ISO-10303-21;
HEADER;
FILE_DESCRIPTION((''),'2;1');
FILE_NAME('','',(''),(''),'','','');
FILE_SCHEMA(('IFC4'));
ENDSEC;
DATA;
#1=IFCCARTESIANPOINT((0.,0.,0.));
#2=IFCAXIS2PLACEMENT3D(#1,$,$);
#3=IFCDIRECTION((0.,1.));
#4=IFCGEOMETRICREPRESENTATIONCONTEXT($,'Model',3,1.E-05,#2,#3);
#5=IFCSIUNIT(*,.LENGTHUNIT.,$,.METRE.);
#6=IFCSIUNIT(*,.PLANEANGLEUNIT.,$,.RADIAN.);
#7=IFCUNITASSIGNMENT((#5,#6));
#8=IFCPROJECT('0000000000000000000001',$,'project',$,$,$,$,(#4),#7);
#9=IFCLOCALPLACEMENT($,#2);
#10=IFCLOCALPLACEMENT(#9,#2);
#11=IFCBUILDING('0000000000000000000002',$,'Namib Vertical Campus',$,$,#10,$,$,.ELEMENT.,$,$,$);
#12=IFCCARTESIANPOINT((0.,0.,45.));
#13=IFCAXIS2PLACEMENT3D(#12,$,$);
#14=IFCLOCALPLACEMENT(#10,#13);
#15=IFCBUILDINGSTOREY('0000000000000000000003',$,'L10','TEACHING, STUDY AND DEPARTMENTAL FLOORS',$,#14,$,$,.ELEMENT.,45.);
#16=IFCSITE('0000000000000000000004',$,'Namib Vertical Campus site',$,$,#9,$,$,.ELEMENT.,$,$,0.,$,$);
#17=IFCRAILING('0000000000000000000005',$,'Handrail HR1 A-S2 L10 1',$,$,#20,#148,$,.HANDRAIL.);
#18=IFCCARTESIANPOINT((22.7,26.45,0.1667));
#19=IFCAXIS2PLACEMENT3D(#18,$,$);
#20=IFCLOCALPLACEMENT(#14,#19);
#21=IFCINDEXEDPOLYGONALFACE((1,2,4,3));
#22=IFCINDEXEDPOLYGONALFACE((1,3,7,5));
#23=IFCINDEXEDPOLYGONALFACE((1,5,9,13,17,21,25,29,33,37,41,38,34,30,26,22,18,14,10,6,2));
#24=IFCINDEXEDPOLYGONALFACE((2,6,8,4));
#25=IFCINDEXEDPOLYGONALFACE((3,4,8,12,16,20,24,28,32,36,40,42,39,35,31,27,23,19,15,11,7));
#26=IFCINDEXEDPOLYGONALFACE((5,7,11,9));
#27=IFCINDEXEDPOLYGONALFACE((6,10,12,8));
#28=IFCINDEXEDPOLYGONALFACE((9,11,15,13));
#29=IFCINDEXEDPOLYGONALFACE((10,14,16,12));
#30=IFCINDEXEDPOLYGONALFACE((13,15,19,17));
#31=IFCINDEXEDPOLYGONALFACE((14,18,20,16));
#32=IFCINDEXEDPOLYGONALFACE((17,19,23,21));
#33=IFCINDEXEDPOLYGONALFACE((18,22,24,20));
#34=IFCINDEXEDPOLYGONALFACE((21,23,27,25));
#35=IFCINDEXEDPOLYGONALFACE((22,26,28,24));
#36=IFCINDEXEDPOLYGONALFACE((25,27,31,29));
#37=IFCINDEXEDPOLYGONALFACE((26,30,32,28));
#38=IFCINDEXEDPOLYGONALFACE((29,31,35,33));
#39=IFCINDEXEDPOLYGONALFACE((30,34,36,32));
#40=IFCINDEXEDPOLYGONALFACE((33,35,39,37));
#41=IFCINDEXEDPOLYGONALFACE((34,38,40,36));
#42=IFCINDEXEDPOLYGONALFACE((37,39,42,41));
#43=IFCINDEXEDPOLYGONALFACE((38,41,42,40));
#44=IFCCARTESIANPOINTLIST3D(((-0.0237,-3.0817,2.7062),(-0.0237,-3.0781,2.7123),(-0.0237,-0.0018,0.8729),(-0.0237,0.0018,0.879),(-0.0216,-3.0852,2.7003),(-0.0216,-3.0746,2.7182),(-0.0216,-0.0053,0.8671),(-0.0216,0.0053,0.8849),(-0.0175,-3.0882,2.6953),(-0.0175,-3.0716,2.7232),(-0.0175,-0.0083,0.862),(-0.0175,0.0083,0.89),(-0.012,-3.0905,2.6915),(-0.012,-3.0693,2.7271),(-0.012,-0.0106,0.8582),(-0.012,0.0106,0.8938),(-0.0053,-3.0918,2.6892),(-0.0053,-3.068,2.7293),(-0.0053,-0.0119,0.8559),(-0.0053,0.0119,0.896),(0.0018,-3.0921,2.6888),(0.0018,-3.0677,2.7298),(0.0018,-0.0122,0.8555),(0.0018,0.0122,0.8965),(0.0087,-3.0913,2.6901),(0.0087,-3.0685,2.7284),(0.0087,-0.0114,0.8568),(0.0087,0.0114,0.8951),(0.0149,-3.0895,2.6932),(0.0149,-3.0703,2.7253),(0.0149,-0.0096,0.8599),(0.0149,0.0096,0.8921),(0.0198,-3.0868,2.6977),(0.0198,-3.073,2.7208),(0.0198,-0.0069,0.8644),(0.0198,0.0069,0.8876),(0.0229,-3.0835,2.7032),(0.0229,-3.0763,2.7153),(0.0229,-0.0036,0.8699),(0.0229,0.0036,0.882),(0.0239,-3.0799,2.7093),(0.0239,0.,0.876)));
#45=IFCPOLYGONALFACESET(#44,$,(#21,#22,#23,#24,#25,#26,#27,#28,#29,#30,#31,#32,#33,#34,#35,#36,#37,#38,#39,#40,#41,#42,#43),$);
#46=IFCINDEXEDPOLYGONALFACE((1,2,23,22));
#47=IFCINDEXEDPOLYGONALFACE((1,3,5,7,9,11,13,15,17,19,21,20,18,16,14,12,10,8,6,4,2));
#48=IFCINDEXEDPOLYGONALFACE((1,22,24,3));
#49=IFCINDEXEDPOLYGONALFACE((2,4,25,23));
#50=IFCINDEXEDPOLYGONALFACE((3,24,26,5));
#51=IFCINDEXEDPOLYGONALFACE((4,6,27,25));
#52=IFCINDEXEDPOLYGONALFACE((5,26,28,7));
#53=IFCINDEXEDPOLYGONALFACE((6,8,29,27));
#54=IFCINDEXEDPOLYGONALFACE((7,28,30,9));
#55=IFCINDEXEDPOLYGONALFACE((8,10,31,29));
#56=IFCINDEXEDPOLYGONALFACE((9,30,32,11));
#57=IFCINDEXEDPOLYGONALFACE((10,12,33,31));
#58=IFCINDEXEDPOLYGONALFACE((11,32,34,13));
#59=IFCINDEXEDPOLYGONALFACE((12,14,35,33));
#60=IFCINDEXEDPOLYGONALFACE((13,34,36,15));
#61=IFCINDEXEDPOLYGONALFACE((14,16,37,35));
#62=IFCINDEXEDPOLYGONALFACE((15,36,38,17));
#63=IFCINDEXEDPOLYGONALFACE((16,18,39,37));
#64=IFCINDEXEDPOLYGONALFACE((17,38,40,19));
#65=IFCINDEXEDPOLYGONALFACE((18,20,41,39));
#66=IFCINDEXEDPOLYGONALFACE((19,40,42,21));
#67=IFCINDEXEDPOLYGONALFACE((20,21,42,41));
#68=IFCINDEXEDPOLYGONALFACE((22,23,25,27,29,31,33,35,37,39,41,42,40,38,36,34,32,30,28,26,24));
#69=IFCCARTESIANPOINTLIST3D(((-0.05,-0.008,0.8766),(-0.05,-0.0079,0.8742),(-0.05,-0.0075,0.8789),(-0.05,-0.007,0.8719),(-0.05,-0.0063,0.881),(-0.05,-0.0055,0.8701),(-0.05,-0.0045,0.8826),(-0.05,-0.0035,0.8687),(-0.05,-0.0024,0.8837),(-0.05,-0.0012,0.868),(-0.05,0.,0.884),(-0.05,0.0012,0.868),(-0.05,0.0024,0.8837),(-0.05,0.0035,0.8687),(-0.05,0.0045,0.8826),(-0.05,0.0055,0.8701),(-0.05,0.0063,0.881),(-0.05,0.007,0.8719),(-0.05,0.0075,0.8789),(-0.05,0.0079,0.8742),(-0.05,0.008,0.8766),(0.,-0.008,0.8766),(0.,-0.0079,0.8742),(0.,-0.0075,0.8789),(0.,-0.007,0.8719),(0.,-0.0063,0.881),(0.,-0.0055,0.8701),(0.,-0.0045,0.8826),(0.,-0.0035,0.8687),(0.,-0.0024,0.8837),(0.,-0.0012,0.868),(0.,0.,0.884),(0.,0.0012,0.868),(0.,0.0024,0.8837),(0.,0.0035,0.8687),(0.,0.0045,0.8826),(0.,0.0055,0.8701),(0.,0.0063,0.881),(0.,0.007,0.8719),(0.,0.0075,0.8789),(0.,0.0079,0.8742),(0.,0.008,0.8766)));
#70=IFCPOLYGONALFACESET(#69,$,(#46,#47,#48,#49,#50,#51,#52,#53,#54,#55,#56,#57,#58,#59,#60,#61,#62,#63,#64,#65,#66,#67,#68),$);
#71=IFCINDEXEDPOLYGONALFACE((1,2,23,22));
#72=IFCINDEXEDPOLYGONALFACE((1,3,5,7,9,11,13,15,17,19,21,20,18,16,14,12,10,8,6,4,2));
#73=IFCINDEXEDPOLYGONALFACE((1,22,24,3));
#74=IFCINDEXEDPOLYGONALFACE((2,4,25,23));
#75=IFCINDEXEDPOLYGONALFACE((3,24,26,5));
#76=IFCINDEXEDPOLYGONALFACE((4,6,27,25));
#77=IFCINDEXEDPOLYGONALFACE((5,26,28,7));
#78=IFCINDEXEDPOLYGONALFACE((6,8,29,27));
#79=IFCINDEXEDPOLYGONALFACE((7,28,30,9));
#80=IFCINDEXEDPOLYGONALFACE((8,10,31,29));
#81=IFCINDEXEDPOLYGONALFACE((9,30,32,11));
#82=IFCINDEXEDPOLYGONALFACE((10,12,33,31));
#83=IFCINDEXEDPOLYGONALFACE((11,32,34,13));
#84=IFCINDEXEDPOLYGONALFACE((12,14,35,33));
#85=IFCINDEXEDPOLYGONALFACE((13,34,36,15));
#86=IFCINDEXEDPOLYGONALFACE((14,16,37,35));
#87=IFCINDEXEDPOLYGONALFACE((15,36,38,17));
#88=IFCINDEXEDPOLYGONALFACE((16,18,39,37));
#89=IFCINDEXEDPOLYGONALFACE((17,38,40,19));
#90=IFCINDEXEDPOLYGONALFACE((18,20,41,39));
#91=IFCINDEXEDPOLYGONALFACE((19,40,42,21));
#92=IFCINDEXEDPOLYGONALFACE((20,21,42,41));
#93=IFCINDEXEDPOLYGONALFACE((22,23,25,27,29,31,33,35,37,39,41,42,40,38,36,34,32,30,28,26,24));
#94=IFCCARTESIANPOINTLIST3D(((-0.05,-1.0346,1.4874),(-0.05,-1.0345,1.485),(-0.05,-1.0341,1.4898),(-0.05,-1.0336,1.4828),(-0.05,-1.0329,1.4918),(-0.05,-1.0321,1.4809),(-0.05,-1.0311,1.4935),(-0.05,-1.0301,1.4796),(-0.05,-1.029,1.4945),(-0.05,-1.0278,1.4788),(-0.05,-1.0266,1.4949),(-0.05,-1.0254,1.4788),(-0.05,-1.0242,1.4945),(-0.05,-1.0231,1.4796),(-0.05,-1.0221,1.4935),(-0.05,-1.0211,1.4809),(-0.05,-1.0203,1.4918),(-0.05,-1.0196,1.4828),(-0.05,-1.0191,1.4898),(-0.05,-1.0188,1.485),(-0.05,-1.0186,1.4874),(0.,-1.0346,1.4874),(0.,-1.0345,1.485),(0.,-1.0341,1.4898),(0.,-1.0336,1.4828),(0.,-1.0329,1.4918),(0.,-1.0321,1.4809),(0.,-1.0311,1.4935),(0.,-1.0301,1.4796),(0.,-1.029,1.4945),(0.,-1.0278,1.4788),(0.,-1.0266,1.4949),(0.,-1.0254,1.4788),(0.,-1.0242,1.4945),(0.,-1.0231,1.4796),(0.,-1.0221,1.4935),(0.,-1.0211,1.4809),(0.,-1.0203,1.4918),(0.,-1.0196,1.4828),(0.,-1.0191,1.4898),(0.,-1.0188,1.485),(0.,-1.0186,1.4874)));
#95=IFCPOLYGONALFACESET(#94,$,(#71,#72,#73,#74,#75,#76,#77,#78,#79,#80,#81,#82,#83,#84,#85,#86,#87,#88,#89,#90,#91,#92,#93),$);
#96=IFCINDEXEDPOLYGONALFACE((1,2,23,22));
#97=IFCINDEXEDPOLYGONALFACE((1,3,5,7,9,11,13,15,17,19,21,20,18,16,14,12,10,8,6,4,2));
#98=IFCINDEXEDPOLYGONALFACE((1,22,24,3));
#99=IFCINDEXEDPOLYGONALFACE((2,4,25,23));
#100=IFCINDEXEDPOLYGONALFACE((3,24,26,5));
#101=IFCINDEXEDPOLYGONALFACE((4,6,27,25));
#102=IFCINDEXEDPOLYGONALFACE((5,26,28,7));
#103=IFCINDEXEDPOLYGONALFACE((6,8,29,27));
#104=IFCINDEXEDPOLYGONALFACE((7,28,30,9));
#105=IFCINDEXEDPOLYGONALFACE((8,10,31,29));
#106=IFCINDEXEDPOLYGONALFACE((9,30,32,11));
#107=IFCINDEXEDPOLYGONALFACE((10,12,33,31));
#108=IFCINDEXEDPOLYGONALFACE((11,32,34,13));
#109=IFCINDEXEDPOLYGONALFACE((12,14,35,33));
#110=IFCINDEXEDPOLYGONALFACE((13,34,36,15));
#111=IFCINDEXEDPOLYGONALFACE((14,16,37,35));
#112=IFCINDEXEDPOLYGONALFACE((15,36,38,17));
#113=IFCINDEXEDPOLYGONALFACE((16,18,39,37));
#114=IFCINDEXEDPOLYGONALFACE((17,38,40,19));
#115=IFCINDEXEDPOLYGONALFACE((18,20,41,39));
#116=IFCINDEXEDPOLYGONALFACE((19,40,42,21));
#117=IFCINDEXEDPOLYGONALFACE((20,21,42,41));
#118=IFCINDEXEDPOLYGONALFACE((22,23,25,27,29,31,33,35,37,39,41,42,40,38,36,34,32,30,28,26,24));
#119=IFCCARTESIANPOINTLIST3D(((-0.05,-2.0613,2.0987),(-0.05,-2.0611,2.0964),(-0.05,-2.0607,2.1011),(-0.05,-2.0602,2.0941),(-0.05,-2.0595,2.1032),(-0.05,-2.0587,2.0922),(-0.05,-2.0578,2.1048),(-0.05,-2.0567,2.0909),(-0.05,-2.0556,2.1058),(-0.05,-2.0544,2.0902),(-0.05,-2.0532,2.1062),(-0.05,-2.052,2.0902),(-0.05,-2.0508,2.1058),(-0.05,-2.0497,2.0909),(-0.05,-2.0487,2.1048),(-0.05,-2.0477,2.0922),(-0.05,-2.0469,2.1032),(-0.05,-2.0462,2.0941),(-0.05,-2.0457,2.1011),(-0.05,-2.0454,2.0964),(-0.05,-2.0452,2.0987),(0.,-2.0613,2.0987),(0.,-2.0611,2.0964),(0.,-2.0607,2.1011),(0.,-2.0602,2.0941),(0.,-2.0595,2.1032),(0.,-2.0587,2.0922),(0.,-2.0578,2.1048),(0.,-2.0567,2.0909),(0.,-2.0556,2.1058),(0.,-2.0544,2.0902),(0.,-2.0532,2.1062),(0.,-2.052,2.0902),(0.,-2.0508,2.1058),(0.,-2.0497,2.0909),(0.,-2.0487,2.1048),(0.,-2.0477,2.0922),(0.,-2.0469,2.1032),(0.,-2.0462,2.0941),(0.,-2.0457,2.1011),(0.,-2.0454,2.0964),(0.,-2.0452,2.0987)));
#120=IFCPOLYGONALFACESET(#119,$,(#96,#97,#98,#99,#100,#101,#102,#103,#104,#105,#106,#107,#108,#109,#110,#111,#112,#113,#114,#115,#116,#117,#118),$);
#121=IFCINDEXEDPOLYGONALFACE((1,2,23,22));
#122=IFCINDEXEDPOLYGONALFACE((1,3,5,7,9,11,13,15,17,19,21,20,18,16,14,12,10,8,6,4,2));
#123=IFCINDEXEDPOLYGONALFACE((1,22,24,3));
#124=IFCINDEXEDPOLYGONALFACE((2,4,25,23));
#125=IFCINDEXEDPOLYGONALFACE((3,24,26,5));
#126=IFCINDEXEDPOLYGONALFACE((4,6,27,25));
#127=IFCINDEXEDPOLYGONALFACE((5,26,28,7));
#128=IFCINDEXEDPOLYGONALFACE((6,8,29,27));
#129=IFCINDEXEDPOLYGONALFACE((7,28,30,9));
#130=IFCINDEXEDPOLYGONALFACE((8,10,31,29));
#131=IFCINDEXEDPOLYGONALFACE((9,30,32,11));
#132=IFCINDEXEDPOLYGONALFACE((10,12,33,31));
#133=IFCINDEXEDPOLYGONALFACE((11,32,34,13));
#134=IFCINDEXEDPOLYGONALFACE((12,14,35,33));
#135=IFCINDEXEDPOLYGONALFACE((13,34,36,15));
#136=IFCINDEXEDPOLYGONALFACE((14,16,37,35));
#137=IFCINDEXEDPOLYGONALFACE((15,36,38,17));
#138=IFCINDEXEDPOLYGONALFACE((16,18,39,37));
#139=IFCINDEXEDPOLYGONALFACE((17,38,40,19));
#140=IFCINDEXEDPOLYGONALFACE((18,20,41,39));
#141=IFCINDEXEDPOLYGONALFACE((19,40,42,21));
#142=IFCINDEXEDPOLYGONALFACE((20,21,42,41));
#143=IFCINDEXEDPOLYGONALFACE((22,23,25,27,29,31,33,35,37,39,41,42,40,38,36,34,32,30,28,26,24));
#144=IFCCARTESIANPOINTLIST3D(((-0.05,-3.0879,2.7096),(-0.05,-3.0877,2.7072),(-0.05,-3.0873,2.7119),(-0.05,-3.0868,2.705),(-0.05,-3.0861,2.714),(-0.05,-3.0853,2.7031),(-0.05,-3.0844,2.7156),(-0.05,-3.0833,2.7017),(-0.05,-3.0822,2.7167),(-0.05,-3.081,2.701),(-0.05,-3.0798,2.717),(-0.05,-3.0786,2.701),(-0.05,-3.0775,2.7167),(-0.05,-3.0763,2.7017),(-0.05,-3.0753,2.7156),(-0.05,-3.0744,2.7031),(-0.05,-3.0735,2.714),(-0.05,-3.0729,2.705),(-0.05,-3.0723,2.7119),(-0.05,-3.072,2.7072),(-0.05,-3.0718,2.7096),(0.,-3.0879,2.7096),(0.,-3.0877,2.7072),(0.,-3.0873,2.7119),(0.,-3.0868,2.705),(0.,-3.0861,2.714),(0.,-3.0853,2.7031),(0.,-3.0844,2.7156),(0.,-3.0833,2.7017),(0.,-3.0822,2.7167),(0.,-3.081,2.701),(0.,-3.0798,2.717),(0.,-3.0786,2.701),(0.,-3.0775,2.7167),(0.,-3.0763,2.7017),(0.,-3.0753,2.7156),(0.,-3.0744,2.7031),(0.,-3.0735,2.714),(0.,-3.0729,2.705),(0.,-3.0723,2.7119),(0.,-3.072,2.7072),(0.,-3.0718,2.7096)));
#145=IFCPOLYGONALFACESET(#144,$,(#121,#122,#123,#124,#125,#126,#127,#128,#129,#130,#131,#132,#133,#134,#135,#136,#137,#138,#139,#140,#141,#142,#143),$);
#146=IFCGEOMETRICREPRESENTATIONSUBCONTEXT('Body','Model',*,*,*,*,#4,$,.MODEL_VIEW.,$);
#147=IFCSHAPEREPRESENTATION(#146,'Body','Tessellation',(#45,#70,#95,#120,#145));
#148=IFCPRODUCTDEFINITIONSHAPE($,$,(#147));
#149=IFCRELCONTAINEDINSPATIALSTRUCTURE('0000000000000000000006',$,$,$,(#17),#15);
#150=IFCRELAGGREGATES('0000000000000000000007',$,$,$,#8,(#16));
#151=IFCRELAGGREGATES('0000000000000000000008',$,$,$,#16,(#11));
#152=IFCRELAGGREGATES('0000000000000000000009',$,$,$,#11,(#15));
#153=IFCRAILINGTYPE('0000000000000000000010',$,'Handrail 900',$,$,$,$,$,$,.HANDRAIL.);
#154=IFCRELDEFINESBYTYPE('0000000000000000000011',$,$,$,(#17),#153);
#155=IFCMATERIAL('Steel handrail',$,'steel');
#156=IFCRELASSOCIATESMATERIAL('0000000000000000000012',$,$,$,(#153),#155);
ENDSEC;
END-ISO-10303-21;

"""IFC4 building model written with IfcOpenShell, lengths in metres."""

from ifc_helpers import new_model, si_unit, direction, frame, origin, origin_2d, place, context, subcontext, project, spatial, circle, extrude, material, type_object, element, save


model = new_model("IFC4")

# Units and contexts
model_context = context("Model", 3, precision=1e-05, world=origin(), true_north=direction((0.0, 1.0)))
body_context = subcontext(model_context, "Body", "Model", "MODEL_VIEW")
ifc_project = project(units=[si_unit("LENGTHUNIT", "METRE"), si_unit("PLANEANGLEUNIT", "RADIAN")], contexts=[model_context])

# Site, building, storey
site_placement = place(None, origin())
site = spatial("IfcSite", under=ifc_project, at=site_placement, Name="Namib Vertical Campus site", CompositionType="ELEMENT", RefElevation=0.0)
building_placement = place(site_placement, origin())
building = spatial("IfcBuilding", under=site, at=building_placement, Name="Namib Vertical Campus", CompositionType="ELEMENT")
storey_placement = place(building_placement, frame((0.0, 0.0, 45.0)))
storey = spatial("IfcBuildingStorey", under=building, at=storey_placement, Name="L10", Description="TEACHING, STUDY AND DEPARTMENTAL FLOORS", CompositionType="ELEMENT", Elevation=45.0)

# Railing
ifc_material_1 = material(Name="Steel handrail", Category="steel")
railing_type_1 = type_object("IfcRailingType", Name="Handrail 900", PredefinedType="HANDRAIL", material=ifc_material_1)
railing_1_placement = place(storey_placement, frame((22.7, 26.45, 0.1667)))
element("IfcRailing", 1, at=railing_1_placement, inside=storey, type_object=railing_type_1, Name="Handrail HR1 A-S2 L10 1", PredefinedType="HANDRAIL", context=body_context, shape_type="SweptSolid", body=[
    extrude(circle(Radius=0.0239, at=origin_2d()), frame((0.0, 0.0, 0.876), z_axis=(0.0, -0.859291, 0.511487), x_axis=(1.0, 0.0, 0.0)), (0.0, 0.0, 1.0), 3.5842),
    extrude(circle(Radius=0.0081, at=origin_2d()), frame((0.0, 0.0, 0.876), z_axis=(-1.0, 0.0, 0.0), x_axis=(0.0, 0.0, 1.0)), (0.0, 0.0, 1.0), 0.05),
    extrude(circle(Radius=0.0081, at=origin_2d()), frame((0.0, -1.0266, 1.4868), z_axis=(-1.0, 0.0, 0.0), x_axis=(0.0, 0.0, 1.0)), (0.0, 0.0, 1.0), 0.05),
    extrude(circle(Radius=0.0081, at=origin_2d()), frame((0.0, -2.0532, 2.0981), z_axis=(-1.0, 0.0, 0.0), x_axis=(0.0, 0.0, 1.0)), (0.0, 0.0, 1.0), 0.05),
    extrude(circle(Radius=0.0081, at=origin_2d()), frame((0.0, -3.0798, 2.709), z_axis=(-1.0, 0.0, 0.0), x_axis=(0.0, 0.0, 1.0)), (0.0, 0.0, 1.0), 0.05),
])

save(model, "model.ifc")
